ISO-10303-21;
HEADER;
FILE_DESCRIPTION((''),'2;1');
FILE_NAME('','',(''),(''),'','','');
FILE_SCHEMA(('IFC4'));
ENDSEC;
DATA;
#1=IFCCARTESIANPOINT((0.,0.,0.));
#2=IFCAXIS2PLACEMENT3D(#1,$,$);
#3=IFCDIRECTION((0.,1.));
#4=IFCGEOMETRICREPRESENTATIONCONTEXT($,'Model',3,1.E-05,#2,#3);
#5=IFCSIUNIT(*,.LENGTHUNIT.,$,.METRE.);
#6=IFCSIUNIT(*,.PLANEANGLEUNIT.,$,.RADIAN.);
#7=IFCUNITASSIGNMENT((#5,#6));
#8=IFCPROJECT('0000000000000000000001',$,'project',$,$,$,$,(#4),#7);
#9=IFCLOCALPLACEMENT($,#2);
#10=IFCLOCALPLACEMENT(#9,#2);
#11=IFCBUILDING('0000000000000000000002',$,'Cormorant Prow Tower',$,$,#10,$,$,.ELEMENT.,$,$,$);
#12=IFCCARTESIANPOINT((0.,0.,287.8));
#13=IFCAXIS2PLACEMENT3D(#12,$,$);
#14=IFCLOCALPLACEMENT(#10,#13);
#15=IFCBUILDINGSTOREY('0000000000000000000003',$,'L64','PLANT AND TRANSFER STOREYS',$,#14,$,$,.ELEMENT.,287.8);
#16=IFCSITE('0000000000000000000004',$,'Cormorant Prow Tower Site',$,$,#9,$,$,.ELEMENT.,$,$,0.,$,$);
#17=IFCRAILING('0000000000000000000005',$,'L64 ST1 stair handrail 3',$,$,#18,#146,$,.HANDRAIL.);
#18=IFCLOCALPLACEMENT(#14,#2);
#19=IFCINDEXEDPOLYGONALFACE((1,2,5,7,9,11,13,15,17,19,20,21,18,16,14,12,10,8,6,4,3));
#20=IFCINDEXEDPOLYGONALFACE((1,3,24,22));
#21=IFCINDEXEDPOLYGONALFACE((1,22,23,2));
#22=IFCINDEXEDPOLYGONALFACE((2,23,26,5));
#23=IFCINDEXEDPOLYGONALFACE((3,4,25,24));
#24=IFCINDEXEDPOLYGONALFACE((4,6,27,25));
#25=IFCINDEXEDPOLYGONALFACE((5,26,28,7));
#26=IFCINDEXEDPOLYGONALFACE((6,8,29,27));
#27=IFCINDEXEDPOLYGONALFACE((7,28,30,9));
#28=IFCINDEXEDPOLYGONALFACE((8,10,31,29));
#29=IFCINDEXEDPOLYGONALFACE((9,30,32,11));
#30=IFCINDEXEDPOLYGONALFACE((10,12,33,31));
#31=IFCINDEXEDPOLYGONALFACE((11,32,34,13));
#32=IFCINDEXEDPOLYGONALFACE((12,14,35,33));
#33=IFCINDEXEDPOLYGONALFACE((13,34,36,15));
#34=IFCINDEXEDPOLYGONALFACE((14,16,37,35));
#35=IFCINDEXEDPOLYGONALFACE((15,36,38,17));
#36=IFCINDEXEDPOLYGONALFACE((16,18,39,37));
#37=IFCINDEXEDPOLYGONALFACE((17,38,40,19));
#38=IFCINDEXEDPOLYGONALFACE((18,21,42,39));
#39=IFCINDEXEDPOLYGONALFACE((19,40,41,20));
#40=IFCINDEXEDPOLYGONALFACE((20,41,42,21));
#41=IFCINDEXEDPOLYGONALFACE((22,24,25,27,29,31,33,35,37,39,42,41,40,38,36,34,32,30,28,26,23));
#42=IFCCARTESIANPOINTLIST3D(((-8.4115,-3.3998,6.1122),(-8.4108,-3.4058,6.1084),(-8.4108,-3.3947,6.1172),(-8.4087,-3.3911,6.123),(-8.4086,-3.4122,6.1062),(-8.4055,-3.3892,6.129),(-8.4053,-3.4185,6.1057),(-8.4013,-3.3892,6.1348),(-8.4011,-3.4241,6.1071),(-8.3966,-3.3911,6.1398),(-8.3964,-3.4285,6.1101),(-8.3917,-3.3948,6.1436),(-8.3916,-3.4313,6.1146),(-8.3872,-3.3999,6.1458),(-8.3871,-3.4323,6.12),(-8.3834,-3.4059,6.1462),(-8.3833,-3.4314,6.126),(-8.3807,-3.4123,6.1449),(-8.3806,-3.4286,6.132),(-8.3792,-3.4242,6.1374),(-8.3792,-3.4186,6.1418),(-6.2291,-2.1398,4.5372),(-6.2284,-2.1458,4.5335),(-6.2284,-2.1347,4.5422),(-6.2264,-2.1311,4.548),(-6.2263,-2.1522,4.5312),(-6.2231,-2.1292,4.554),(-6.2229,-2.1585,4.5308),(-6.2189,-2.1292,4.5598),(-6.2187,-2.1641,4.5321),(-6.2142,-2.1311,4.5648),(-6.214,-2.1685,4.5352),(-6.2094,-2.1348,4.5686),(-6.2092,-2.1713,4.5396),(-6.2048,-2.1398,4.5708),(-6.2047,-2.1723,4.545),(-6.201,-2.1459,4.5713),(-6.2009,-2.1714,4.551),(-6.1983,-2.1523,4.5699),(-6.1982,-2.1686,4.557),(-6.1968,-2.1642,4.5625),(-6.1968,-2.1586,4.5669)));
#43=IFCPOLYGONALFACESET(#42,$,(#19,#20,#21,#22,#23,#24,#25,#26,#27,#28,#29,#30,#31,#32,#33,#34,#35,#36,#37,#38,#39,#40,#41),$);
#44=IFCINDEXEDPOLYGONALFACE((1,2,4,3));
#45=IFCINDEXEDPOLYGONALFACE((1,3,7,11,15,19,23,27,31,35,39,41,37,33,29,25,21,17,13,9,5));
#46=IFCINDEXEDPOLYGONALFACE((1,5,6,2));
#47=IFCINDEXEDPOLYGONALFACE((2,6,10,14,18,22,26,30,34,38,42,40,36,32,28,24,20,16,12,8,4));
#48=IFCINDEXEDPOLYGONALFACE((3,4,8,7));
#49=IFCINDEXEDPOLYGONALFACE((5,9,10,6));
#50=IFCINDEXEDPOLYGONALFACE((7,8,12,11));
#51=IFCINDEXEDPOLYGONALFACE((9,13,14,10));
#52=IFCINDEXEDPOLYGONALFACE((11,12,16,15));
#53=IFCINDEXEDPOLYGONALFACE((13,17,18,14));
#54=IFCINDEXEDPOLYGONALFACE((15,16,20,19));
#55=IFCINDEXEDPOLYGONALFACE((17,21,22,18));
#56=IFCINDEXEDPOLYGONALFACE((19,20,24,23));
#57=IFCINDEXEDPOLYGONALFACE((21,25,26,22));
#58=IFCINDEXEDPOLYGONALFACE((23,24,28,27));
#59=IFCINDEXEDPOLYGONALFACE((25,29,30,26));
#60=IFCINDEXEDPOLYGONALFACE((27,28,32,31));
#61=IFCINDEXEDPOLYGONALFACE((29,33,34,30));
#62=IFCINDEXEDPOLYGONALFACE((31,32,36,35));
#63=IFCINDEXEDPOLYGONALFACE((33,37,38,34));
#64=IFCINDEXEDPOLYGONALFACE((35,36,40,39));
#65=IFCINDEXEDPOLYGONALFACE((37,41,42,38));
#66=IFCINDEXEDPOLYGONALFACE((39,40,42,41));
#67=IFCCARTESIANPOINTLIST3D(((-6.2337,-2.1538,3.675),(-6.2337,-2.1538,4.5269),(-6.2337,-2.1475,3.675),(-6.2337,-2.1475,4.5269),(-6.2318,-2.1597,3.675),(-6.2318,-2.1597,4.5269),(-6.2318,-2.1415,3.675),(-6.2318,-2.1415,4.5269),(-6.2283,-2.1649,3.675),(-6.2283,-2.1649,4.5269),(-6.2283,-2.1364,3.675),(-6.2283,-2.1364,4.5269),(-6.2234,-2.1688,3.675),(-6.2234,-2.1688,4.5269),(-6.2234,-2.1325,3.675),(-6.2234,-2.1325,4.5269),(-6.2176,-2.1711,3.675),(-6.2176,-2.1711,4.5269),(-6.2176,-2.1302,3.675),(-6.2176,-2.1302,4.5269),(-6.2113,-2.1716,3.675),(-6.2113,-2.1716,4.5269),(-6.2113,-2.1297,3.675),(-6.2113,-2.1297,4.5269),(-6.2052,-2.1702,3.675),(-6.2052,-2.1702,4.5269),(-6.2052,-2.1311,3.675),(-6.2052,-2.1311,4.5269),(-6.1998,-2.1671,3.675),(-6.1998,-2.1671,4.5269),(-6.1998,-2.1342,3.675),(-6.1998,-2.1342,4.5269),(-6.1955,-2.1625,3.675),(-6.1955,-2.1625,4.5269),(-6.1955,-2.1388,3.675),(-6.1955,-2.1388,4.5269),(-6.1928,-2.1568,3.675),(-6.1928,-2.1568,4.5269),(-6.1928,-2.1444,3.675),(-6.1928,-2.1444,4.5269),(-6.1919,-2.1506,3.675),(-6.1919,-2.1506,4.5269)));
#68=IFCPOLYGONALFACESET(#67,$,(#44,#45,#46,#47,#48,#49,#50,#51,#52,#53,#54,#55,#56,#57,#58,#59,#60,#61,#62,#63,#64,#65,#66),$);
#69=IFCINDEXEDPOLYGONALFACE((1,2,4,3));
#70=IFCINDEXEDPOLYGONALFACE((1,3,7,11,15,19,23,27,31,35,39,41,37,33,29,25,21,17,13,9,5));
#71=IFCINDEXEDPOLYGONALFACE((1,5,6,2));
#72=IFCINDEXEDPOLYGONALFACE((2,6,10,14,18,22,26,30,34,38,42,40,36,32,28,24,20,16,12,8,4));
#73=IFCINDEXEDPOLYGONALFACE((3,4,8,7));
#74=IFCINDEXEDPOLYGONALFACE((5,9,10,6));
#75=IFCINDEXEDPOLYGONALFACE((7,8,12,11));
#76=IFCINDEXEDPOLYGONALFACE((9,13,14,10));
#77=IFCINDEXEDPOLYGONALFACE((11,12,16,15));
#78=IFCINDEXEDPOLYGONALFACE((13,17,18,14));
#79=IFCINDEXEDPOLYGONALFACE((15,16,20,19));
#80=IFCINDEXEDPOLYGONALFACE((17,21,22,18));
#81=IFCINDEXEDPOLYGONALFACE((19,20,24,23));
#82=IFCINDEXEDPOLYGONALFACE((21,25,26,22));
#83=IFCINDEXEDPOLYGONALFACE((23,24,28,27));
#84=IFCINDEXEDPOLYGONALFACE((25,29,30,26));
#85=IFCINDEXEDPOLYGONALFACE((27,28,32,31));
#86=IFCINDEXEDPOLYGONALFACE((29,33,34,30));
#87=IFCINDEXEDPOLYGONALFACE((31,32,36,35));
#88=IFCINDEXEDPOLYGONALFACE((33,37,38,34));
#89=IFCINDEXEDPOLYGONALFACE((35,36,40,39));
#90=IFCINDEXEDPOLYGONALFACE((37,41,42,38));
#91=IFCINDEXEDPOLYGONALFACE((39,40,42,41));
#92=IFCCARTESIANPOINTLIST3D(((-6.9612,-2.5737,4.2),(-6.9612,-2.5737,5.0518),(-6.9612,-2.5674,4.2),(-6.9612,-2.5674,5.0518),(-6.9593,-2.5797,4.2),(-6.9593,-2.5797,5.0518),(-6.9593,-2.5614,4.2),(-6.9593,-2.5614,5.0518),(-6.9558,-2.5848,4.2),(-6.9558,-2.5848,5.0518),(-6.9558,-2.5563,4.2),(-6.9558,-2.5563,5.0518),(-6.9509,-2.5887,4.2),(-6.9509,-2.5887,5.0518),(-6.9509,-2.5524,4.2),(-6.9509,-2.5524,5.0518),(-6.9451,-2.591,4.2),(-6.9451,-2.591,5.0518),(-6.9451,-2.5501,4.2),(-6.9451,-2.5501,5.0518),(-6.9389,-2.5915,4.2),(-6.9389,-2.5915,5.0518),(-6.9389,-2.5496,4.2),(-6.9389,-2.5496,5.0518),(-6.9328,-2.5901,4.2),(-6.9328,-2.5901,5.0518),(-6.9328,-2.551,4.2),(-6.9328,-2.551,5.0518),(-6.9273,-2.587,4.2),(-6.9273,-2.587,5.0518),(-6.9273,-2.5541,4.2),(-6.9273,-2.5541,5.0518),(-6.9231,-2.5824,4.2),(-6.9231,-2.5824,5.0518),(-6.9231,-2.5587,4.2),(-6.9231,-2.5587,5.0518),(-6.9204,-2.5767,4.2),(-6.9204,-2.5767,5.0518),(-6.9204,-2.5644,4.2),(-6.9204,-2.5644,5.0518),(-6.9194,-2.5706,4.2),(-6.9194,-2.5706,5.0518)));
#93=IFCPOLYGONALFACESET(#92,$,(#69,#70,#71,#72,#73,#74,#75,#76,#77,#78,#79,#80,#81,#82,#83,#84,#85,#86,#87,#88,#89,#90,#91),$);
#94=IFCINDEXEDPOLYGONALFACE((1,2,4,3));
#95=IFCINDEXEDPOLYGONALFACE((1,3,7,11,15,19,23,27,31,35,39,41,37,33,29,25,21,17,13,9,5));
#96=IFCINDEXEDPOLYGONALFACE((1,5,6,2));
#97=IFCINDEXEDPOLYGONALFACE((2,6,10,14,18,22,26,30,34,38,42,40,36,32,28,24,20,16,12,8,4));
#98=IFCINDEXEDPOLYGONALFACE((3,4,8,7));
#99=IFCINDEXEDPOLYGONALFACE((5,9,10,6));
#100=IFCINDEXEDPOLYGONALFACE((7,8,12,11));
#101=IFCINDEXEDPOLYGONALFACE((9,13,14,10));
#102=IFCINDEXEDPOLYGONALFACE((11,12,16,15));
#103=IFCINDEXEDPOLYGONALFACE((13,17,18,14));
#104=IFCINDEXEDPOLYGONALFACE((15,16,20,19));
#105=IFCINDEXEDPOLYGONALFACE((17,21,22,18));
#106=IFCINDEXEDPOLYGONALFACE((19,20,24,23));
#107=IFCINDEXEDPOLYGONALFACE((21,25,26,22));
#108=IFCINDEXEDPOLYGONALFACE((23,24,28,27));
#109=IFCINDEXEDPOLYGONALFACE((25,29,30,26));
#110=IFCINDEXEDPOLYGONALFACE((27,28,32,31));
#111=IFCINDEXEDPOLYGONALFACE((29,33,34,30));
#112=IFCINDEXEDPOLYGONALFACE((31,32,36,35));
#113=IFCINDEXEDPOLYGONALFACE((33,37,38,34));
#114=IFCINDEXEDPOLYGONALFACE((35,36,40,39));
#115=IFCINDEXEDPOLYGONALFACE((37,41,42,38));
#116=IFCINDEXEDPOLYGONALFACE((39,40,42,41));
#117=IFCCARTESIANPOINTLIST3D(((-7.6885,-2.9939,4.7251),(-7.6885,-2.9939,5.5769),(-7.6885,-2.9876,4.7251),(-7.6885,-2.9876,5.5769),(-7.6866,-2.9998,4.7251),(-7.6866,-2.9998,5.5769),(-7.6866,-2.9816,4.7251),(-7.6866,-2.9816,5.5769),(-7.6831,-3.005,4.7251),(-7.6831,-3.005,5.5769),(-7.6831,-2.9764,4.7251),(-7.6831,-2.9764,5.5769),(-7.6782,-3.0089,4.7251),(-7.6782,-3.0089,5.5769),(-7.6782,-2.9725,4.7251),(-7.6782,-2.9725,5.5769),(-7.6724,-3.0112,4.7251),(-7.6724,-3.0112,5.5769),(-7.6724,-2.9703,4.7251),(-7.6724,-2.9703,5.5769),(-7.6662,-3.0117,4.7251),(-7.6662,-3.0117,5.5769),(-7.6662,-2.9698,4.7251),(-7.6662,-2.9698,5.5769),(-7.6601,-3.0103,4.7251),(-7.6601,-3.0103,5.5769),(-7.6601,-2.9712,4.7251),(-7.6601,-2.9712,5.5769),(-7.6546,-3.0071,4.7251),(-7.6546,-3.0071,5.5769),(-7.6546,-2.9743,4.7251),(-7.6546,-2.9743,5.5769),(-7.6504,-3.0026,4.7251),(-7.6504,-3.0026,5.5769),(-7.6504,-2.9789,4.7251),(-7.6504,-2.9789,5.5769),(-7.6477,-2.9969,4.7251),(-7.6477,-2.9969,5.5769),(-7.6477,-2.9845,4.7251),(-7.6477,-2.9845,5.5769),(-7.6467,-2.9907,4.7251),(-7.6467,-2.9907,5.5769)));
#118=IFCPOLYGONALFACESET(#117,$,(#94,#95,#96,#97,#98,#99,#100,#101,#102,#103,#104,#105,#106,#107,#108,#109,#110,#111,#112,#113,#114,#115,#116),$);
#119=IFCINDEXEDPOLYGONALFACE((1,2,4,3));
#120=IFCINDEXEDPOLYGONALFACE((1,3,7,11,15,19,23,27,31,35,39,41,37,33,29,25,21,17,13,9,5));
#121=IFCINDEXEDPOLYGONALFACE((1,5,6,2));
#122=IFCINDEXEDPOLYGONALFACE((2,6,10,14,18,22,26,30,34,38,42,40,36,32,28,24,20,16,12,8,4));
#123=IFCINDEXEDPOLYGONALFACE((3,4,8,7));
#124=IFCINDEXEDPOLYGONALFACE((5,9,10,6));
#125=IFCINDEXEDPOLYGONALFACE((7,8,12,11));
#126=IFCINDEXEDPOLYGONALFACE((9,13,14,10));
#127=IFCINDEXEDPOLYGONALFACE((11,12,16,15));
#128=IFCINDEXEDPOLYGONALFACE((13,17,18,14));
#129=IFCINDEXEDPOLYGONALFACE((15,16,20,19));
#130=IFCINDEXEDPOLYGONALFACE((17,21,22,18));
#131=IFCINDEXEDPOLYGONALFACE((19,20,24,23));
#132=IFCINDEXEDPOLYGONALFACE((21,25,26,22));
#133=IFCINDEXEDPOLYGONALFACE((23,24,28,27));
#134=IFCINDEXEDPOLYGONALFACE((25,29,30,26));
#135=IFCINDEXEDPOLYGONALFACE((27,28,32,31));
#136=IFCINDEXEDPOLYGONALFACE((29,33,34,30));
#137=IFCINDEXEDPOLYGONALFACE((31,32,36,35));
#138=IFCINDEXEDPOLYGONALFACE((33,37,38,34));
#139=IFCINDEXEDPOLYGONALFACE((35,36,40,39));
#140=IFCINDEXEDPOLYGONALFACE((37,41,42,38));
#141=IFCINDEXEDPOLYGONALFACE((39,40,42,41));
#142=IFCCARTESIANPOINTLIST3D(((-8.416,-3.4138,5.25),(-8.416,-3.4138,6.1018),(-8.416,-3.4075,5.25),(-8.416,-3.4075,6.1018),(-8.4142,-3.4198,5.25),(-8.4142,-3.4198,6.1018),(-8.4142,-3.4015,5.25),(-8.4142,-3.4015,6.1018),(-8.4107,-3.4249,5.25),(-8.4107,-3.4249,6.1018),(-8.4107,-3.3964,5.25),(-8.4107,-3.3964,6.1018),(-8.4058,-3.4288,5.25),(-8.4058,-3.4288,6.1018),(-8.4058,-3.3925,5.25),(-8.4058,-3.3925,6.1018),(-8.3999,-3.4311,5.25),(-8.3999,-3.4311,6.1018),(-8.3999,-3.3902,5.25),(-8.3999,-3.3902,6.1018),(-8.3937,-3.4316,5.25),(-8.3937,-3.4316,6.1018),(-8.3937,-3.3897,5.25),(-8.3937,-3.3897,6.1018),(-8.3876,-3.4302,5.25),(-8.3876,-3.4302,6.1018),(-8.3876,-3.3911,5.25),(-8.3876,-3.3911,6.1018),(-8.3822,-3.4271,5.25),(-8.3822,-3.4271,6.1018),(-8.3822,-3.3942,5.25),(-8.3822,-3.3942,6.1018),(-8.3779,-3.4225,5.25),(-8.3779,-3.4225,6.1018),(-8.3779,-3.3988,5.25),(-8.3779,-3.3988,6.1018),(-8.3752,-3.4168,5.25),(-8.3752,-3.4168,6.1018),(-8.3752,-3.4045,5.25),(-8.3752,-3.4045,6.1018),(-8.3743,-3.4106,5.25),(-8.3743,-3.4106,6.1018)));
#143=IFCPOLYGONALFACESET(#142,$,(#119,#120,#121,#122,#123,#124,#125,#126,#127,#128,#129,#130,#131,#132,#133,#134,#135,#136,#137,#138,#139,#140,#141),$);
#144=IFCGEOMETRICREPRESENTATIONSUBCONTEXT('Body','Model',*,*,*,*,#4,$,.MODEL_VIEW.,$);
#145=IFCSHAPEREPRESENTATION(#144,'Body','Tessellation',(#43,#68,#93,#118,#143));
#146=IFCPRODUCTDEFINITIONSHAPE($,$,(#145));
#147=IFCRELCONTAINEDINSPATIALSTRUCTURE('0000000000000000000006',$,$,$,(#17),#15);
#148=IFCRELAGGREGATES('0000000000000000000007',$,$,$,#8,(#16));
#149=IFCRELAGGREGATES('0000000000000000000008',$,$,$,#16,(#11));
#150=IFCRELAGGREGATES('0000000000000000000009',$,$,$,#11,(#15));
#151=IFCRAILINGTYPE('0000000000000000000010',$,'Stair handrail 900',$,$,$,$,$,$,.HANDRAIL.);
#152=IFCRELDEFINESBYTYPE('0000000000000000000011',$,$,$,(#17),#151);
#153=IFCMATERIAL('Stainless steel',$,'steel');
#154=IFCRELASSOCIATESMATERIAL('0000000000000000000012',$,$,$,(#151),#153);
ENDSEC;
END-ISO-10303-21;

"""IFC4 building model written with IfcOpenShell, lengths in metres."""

from ifc_helpers import new_model, si_unit, direction, frame, origin, origin_2d, place, context, subcontext, project, spatial, circle, extrude, material, type_object, element, save


model = new_model("IFC4")

# Units and contexts
model_context = context("Model", 3, precision=1e-05, world=origin(), true_north=direction((0.0, 1.0)))
body_context = subcontext(model_context, "Body", "Model", "MODEL_VIEW")
ifc_project = project(units=[si_unit("LENGTHUNIT", "METRE"), si_unit("PLANEANGLEUNIT", "RADIAN")], contexts=[model_context])

# Site, building, storey
site_placement = place(None, origin())
site = spatial("IfcSite", under=ifc_project, at=site_placement, Name="Cormorant Prow Tower Site", CompositionType="ELEMENT", RefElevation=0.0)
building_placement = place(site_placement, origin())
building = spatial("IfcBuilding", under=site, at=building_placement, Name="Cormorant Prow Tower", CompositionType="ELEMENT")
storey_placement = place(building_placement, frame((0.0, 0.0, 287.8)))
storey = spatial("IfcBuildingStorey", under=building, at=storey_placement, Name="L64", Description="PLANT AND TRANSFER STOREYS", CompositionType="ELEMENT", Elevation=287.8)

# Railing
ifc_material_1 = material(Name="Stainless steel", Category="steel")
railing_type_1 = type_object("IfcRailingType", Name="Stair handrail 900", PredefinedType="HANDRAIL", material=ifc_material_1)
for number, where, name in (
    (1, (-6.2129, -2.1506, 3.675), "L64 ST1 stair handrail 3"),
):
    element("IfcRailing", number, at=place(storey_placement, frame(where)), inside=storey, type_object=railing_type_1, Name=name, PredefinedType="HANDRAIL", context=body_context, shape_type="SweptSolid", body=[
        extrude(circle(Radius=0.0239, at=origin_2d()), frame((0.0, 0.0, 0.876), z_axis=(-0.734392, -0.424007, 0.529988), x_axis=(0.500005, -0.866023, 0.0)), (0.0, 0.0, 1.0), 2.9717),
        extrude(circle(Radius=0.021, at=origin_2d()), origin(), (0.0, 0.0, 1.0), 0.8518),
        extrude(circle(Radius=0.021, at=origin_2d()), frame((-0.7275, -0.4199, 0.5249)), (0.0, 0.0, 1.0), 0.8518),
        extrude(circle(Radius=0.021, at=origin_2d()), frame((-1.4548, -0.8401, 1.05)), (0.0, 0.0, 1.0), 0.8518),
        extrude(circle(Radius=0.021, at=origin_2d()), frame((-2.1824, -1.26, 1.575)), (0.0, 0.0, 1.0), 0.8518),
    ])

save(model, "model.ifc")
